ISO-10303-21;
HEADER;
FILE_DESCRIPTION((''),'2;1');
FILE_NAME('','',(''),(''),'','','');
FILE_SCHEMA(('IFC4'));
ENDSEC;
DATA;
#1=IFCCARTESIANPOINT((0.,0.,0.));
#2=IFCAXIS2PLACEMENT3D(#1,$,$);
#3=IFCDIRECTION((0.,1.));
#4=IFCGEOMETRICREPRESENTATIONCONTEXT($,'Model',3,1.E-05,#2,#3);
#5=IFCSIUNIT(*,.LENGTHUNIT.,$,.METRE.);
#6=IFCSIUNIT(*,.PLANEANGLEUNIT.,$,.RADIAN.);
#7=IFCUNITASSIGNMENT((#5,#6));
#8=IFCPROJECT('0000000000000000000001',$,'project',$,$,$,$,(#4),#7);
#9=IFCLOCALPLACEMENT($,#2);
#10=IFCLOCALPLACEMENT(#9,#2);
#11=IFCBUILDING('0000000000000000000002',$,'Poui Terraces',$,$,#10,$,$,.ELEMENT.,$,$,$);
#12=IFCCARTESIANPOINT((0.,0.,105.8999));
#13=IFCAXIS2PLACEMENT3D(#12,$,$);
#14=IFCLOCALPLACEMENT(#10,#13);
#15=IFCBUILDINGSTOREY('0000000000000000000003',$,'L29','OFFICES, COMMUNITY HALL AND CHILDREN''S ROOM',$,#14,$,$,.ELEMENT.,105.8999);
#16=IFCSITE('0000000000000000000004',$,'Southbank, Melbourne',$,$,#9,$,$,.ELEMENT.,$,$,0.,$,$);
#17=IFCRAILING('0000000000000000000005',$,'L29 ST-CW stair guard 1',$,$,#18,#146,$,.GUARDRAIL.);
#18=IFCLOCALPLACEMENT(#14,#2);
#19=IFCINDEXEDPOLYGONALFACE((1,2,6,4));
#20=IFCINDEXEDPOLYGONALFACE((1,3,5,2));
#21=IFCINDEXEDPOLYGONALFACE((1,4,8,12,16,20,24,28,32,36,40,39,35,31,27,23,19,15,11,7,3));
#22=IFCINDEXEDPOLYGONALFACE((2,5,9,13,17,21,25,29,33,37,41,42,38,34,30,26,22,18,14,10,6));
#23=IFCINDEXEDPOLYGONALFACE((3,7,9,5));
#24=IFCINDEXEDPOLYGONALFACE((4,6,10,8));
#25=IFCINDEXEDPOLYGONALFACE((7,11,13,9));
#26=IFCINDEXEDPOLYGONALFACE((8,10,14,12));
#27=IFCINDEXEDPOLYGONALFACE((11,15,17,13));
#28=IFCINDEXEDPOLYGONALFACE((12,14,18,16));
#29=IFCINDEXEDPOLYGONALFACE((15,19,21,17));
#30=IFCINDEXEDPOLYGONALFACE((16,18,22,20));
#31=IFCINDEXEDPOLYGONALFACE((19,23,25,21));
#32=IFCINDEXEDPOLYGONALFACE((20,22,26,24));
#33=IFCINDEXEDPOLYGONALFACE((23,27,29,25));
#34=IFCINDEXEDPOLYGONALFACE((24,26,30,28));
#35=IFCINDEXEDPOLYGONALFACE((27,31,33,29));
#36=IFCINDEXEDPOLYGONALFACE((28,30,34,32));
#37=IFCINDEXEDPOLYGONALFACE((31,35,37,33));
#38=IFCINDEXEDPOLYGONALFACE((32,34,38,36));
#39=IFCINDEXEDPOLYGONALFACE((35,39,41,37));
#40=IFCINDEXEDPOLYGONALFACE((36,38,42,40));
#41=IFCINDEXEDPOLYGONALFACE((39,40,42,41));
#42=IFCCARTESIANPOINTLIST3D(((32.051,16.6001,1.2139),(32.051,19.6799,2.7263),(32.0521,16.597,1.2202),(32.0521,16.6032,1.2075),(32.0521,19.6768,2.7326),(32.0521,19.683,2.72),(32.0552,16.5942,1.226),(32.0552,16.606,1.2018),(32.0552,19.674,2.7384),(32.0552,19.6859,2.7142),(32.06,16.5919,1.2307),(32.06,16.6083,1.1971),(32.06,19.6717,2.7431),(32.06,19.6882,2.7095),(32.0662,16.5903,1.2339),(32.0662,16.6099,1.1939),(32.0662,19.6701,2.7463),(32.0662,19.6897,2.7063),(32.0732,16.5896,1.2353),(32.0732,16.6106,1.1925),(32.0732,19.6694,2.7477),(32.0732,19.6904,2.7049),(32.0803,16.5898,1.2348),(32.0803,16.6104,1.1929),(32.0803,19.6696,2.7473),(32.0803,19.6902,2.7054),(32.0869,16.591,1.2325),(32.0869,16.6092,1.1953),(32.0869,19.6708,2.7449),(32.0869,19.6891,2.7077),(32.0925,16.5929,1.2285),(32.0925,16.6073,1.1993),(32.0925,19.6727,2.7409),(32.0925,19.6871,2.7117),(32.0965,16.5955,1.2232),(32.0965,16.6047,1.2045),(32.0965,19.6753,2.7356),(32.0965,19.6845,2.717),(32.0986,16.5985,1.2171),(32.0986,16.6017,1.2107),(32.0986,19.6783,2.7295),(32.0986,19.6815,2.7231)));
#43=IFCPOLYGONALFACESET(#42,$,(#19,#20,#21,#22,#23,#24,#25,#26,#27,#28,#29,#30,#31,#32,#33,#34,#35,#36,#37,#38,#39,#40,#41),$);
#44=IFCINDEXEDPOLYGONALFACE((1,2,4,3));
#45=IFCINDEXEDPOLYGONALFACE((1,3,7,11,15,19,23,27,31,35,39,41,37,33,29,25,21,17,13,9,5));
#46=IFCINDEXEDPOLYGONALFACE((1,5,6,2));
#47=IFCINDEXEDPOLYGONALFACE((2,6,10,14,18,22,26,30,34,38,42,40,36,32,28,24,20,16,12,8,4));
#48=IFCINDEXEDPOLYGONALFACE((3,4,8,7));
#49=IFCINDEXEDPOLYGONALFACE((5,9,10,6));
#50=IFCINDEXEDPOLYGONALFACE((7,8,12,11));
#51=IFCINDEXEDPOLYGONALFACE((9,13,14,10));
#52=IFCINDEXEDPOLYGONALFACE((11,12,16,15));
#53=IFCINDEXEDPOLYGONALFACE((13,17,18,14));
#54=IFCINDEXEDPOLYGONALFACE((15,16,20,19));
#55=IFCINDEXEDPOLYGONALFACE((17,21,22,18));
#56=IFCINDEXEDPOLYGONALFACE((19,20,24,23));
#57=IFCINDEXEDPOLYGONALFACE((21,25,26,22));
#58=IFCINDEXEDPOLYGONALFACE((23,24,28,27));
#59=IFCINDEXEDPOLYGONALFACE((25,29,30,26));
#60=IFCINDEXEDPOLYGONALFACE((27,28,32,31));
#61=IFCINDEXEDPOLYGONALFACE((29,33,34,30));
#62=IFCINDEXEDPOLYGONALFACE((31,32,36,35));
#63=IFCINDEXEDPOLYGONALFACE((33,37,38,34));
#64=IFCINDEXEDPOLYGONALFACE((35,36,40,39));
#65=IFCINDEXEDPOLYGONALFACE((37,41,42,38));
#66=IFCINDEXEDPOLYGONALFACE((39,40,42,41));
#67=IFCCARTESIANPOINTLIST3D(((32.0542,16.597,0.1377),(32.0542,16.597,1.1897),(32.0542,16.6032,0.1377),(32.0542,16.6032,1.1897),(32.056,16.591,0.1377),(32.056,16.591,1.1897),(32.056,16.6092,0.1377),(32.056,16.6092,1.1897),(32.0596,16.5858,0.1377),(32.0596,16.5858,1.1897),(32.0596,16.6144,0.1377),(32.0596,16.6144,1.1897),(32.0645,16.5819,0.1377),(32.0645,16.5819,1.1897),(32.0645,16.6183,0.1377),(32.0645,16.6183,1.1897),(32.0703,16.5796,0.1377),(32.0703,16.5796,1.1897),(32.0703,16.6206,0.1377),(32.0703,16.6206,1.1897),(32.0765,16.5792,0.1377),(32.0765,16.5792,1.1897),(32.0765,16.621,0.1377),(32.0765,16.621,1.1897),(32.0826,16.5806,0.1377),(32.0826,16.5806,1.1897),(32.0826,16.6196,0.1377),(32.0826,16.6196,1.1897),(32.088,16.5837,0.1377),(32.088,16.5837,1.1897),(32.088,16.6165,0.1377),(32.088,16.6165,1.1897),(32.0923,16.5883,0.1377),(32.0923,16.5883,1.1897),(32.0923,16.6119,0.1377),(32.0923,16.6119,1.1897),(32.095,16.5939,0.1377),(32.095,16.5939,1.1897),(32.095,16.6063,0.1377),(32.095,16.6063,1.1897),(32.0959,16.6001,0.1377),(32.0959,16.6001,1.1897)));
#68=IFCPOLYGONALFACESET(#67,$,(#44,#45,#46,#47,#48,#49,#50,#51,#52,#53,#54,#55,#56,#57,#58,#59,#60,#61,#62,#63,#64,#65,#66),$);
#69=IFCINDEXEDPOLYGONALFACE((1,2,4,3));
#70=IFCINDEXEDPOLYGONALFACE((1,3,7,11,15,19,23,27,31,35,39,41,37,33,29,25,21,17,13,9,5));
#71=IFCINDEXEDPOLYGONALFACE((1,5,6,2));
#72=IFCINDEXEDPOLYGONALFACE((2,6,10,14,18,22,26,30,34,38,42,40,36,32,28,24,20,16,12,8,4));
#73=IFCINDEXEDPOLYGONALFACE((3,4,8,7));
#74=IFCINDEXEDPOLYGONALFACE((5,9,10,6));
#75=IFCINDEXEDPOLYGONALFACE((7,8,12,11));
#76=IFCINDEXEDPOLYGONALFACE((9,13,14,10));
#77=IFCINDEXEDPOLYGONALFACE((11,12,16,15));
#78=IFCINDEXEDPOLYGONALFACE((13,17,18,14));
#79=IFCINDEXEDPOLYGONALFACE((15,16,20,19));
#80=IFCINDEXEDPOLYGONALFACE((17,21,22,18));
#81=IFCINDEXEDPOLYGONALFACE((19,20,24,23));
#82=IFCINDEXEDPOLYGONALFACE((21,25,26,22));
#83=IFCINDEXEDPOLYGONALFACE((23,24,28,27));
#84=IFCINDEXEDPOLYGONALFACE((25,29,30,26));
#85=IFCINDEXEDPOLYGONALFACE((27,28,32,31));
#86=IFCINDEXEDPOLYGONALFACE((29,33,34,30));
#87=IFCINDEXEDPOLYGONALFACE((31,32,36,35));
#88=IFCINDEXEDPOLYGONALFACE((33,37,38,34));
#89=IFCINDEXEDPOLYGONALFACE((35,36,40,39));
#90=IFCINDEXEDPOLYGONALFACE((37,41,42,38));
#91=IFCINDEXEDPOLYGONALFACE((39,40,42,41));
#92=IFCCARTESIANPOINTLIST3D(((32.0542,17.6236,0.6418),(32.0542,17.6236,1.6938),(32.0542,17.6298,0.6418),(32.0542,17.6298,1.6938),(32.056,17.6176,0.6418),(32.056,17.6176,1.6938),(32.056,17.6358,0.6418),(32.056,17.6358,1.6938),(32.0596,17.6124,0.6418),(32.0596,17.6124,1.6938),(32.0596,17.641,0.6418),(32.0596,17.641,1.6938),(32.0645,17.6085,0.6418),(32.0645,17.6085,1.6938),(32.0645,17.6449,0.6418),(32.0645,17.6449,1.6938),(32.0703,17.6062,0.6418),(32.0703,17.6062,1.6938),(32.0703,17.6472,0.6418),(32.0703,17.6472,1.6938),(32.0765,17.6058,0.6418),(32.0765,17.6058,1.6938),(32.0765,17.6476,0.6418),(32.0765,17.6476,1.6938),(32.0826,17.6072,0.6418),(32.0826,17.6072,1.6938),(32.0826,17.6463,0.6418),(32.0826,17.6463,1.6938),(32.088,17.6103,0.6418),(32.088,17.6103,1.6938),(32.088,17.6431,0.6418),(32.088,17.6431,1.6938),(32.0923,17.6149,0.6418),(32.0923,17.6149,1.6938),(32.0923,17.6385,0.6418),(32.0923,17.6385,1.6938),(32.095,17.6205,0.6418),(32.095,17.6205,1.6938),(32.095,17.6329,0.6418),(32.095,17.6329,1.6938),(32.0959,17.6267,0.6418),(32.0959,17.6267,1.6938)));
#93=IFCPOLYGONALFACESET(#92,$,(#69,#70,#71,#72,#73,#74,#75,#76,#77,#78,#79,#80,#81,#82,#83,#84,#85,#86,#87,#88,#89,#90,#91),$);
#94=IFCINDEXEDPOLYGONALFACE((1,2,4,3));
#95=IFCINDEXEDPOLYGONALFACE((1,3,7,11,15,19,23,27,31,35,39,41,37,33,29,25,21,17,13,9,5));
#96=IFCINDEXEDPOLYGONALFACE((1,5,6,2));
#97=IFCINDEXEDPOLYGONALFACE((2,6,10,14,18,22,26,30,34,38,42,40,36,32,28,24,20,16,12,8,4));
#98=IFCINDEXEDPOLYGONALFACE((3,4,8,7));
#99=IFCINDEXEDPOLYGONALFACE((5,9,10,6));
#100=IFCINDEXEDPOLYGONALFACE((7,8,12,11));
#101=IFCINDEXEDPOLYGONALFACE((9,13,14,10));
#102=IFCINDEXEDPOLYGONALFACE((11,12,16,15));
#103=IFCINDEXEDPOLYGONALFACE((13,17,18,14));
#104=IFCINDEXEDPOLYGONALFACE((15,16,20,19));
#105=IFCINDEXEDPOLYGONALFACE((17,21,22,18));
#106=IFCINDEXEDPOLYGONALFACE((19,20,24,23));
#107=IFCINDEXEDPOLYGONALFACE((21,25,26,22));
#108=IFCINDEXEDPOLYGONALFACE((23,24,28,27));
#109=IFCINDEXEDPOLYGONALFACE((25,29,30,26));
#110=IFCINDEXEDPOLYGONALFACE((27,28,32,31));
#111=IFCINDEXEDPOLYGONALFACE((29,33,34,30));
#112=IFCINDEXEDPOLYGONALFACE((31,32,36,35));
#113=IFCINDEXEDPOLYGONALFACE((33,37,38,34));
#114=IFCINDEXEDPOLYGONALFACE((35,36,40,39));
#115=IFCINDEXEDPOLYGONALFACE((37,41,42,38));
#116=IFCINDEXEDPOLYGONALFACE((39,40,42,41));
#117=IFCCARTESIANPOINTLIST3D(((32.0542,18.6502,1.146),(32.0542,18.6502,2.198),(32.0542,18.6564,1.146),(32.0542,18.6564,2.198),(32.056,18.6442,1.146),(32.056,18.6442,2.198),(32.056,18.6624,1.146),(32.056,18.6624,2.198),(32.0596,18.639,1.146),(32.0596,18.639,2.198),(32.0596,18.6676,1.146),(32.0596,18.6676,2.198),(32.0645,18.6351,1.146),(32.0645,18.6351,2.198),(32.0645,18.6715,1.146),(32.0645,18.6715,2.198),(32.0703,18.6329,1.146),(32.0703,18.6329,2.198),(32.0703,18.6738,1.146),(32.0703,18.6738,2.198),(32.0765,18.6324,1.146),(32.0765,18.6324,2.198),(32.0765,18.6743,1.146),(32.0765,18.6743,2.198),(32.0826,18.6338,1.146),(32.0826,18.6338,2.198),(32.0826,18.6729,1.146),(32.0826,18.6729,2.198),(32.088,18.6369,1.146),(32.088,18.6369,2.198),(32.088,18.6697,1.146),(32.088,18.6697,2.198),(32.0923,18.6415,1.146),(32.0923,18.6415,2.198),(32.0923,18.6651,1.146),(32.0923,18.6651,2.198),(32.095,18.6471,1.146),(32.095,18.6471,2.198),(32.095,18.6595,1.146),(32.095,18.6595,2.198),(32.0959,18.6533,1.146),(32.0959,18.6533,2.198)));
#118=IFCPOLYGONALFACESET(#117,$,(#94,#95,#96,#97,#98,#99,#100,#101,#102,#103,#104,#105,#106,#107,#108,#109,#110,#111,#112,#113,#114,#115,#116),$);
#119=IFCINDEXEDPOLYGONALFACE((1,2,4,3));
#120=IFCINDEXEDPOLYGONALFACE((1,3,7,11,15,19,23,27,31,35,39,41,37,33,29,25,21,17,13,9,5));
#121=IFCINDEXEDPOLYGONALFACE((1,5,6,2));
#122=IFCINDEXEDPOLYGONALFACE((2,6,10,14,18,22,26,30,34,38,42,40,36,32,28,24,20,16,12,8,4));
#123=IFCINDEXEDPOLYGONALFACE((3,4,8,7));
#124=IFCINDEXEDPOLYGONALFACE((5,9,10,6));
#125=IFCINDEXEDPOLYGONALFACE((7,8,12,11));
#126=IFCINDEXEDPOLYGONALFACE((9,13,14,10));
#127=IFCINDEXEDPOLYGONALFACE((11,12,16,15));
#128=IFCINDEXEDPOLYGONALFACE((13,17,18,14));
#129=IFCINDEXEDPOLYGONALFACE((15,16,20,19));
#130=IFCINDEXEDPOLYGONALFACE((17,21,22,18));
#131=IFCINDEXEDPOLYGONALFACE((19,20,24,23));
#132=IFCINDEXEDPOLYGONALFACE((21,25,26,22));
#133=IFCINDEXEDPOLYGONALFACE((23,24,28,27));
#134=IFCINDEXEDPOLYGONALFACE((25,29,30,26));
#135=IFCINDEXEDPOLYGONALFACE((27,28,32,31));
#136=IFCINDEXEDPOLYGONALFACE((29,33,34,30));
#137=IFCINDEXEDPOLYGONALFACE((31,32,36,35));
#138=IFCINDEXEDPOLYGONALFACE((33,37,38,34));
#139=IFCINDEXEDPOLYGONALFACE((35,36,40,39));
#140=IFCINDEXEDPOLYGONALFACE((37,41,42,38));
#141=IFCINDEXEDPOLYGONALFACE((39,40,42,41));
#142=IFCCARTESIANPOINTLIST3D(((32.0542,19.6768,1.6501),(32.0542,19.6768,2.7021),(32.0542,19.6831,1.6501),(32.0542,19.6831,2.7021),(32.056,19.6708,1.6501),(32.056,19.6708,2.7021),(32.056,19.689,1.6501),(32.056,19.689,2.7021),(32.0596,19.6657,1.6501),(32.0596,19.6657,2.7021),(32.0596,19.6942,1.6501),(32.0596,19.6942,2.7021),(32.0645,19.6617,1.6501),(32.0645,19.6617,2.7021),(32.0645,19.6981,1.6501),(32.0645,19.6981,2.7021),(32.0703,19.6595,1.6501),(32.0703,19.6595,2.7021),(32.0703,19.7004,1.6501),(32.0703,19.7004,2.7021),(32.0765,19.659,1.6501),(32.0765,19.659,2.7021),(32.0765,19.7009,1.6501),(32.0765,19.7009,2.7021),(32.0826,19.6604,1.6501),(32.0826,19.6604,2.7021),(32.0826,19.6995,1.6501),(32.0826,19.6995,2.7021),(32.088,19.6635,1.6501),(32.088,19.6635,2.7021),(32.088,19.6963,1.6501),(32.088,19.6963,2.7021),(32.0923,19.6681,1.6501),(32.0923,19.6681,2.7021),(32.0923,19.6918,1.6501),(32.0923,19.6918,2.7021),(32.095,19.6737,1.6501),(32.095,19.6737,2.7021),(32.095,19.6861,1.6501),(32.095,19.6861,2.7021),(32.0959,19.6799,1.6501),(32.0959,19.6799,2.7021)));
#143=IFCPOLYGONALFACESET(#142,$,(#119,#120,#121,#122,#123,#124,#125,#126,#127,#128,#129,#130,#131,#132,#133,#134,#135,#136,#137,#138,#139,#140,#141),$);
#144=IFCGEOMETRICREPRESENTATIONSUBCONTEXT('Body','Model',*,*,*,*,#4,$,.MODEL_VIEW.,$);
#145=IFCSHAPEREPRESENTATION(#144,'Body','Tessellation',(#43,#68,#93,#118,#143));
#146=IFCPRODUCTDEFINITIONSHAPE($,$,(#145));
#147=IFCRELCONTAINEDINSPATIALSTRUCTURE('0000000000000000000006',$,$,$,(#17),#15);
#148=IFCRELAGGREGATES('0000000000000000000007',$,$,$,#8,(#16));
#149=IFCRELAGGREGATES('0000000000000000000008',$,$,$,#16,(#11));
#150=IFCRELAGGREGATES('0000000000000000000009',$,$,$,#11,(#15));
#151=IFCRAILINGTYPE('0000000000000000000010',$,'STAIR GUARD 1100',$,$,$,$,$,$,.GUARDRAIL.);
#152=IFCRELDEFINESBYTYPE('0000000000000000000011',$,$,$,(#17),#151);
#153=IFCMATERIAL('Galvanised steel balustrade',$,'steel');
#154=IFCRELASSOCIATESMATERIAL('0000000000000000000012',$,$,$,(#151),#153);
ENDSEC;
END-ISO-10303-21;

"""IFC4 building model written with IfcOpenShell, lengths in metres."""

from ifc_helpers import new_model, si_unit, direction, frame, origin, origin_2d, place, context, subcontext, project, spatial, circle, extrude, material, type_object, element, save


model = new_model("IFC4")

# Units and contexts
model_context = context("Model", 3, precision=1e-05, world=origin(), true_north=direction((0.0, 1.0)))
body_context = subcontext(model_context, "Body", "Model", "MODEL_VIEW")
ifc_project = project(units=[si_unit("LENGTHUNIT", "METRE"), si_unit("PLANEANGLEUNIT", "RADIAN")], contexts=[model_context])

# Site, building, storey
site_placement = place(None, origin())
site = spatial("IfcSite", under=ifc_project, at=site_placement, Name="Southbank, Melbourne", CompositionType="ELEMENT", RefElevation=0.0)
building_placement = place(site_placement, origin())
building = spatial("IfcBuilding", under=site, at=building_placement, Name="Poui Terraces", CompositionType="ELEMENT")
storey_placement = place(building_placement, frame((0.0, 0.0, 105.8999)))
storey = spatial("IfcBuildingStorey", under=building, at=storey_placement, Name="L29", Description="OFFICES, COMMUNITY HALL AND CHILDREN'S ROOM", CompositionType="ELEMENT", Elevation=105.8999)

# Railing
ifc_material_1 = material(Name="Galvanised steel balustrade", Category="steel")
railing_type_1 = type_object("IfcRailingType", Name="STAIR GUARD 1100", PredefinedType="GUARDRAIL", material=ifc_material_1)
railing_1_placement = place(storey_placement, frame((32.075, 16.6001, 0.1377)))
element("IfcRailing", 1, at=railing_1_placement, inside=storey, type_object=railing_type_1, Name="L29 ST-CW stair guard 1", PredefinedType="GUARDRAIL", context=body_context, shape_type="SweptSolid", body=[
    extrude(circle(Radius=0.0239, at=origin_2d()), frame((0.0, 0.0, 1.0762), z_axis=(0.0, 0.897606, 0.440798), x_axis=(-1.0, 0.0, 0.0)), (0.0, 0.0, 1.0), 3.4312),
    extrude(circle(Radius=0.021, at=origin_2d()), origin(), (0.0, 0.0, 1.0), 1.052),
    extrude(circle(Radius=0.021, at=origin_2d()), frame((0.0, 1.0266, 0.5042)), (0.0, 0.0, 1.0), 1.052),
    extrude(circle(Radius=0.021, at=origin_2d()), frame((0.0, 2.0532, 1.0083)), (0.0, 0.0, 1.0), 1.052),
    extrude(circle(Radius=0.021, at=origin_2d()), frame((0.0, 3.0798, 1.5125)), (0.0, 0.0, 1.0), 1.052),
])

save(model, "model.ifc")
